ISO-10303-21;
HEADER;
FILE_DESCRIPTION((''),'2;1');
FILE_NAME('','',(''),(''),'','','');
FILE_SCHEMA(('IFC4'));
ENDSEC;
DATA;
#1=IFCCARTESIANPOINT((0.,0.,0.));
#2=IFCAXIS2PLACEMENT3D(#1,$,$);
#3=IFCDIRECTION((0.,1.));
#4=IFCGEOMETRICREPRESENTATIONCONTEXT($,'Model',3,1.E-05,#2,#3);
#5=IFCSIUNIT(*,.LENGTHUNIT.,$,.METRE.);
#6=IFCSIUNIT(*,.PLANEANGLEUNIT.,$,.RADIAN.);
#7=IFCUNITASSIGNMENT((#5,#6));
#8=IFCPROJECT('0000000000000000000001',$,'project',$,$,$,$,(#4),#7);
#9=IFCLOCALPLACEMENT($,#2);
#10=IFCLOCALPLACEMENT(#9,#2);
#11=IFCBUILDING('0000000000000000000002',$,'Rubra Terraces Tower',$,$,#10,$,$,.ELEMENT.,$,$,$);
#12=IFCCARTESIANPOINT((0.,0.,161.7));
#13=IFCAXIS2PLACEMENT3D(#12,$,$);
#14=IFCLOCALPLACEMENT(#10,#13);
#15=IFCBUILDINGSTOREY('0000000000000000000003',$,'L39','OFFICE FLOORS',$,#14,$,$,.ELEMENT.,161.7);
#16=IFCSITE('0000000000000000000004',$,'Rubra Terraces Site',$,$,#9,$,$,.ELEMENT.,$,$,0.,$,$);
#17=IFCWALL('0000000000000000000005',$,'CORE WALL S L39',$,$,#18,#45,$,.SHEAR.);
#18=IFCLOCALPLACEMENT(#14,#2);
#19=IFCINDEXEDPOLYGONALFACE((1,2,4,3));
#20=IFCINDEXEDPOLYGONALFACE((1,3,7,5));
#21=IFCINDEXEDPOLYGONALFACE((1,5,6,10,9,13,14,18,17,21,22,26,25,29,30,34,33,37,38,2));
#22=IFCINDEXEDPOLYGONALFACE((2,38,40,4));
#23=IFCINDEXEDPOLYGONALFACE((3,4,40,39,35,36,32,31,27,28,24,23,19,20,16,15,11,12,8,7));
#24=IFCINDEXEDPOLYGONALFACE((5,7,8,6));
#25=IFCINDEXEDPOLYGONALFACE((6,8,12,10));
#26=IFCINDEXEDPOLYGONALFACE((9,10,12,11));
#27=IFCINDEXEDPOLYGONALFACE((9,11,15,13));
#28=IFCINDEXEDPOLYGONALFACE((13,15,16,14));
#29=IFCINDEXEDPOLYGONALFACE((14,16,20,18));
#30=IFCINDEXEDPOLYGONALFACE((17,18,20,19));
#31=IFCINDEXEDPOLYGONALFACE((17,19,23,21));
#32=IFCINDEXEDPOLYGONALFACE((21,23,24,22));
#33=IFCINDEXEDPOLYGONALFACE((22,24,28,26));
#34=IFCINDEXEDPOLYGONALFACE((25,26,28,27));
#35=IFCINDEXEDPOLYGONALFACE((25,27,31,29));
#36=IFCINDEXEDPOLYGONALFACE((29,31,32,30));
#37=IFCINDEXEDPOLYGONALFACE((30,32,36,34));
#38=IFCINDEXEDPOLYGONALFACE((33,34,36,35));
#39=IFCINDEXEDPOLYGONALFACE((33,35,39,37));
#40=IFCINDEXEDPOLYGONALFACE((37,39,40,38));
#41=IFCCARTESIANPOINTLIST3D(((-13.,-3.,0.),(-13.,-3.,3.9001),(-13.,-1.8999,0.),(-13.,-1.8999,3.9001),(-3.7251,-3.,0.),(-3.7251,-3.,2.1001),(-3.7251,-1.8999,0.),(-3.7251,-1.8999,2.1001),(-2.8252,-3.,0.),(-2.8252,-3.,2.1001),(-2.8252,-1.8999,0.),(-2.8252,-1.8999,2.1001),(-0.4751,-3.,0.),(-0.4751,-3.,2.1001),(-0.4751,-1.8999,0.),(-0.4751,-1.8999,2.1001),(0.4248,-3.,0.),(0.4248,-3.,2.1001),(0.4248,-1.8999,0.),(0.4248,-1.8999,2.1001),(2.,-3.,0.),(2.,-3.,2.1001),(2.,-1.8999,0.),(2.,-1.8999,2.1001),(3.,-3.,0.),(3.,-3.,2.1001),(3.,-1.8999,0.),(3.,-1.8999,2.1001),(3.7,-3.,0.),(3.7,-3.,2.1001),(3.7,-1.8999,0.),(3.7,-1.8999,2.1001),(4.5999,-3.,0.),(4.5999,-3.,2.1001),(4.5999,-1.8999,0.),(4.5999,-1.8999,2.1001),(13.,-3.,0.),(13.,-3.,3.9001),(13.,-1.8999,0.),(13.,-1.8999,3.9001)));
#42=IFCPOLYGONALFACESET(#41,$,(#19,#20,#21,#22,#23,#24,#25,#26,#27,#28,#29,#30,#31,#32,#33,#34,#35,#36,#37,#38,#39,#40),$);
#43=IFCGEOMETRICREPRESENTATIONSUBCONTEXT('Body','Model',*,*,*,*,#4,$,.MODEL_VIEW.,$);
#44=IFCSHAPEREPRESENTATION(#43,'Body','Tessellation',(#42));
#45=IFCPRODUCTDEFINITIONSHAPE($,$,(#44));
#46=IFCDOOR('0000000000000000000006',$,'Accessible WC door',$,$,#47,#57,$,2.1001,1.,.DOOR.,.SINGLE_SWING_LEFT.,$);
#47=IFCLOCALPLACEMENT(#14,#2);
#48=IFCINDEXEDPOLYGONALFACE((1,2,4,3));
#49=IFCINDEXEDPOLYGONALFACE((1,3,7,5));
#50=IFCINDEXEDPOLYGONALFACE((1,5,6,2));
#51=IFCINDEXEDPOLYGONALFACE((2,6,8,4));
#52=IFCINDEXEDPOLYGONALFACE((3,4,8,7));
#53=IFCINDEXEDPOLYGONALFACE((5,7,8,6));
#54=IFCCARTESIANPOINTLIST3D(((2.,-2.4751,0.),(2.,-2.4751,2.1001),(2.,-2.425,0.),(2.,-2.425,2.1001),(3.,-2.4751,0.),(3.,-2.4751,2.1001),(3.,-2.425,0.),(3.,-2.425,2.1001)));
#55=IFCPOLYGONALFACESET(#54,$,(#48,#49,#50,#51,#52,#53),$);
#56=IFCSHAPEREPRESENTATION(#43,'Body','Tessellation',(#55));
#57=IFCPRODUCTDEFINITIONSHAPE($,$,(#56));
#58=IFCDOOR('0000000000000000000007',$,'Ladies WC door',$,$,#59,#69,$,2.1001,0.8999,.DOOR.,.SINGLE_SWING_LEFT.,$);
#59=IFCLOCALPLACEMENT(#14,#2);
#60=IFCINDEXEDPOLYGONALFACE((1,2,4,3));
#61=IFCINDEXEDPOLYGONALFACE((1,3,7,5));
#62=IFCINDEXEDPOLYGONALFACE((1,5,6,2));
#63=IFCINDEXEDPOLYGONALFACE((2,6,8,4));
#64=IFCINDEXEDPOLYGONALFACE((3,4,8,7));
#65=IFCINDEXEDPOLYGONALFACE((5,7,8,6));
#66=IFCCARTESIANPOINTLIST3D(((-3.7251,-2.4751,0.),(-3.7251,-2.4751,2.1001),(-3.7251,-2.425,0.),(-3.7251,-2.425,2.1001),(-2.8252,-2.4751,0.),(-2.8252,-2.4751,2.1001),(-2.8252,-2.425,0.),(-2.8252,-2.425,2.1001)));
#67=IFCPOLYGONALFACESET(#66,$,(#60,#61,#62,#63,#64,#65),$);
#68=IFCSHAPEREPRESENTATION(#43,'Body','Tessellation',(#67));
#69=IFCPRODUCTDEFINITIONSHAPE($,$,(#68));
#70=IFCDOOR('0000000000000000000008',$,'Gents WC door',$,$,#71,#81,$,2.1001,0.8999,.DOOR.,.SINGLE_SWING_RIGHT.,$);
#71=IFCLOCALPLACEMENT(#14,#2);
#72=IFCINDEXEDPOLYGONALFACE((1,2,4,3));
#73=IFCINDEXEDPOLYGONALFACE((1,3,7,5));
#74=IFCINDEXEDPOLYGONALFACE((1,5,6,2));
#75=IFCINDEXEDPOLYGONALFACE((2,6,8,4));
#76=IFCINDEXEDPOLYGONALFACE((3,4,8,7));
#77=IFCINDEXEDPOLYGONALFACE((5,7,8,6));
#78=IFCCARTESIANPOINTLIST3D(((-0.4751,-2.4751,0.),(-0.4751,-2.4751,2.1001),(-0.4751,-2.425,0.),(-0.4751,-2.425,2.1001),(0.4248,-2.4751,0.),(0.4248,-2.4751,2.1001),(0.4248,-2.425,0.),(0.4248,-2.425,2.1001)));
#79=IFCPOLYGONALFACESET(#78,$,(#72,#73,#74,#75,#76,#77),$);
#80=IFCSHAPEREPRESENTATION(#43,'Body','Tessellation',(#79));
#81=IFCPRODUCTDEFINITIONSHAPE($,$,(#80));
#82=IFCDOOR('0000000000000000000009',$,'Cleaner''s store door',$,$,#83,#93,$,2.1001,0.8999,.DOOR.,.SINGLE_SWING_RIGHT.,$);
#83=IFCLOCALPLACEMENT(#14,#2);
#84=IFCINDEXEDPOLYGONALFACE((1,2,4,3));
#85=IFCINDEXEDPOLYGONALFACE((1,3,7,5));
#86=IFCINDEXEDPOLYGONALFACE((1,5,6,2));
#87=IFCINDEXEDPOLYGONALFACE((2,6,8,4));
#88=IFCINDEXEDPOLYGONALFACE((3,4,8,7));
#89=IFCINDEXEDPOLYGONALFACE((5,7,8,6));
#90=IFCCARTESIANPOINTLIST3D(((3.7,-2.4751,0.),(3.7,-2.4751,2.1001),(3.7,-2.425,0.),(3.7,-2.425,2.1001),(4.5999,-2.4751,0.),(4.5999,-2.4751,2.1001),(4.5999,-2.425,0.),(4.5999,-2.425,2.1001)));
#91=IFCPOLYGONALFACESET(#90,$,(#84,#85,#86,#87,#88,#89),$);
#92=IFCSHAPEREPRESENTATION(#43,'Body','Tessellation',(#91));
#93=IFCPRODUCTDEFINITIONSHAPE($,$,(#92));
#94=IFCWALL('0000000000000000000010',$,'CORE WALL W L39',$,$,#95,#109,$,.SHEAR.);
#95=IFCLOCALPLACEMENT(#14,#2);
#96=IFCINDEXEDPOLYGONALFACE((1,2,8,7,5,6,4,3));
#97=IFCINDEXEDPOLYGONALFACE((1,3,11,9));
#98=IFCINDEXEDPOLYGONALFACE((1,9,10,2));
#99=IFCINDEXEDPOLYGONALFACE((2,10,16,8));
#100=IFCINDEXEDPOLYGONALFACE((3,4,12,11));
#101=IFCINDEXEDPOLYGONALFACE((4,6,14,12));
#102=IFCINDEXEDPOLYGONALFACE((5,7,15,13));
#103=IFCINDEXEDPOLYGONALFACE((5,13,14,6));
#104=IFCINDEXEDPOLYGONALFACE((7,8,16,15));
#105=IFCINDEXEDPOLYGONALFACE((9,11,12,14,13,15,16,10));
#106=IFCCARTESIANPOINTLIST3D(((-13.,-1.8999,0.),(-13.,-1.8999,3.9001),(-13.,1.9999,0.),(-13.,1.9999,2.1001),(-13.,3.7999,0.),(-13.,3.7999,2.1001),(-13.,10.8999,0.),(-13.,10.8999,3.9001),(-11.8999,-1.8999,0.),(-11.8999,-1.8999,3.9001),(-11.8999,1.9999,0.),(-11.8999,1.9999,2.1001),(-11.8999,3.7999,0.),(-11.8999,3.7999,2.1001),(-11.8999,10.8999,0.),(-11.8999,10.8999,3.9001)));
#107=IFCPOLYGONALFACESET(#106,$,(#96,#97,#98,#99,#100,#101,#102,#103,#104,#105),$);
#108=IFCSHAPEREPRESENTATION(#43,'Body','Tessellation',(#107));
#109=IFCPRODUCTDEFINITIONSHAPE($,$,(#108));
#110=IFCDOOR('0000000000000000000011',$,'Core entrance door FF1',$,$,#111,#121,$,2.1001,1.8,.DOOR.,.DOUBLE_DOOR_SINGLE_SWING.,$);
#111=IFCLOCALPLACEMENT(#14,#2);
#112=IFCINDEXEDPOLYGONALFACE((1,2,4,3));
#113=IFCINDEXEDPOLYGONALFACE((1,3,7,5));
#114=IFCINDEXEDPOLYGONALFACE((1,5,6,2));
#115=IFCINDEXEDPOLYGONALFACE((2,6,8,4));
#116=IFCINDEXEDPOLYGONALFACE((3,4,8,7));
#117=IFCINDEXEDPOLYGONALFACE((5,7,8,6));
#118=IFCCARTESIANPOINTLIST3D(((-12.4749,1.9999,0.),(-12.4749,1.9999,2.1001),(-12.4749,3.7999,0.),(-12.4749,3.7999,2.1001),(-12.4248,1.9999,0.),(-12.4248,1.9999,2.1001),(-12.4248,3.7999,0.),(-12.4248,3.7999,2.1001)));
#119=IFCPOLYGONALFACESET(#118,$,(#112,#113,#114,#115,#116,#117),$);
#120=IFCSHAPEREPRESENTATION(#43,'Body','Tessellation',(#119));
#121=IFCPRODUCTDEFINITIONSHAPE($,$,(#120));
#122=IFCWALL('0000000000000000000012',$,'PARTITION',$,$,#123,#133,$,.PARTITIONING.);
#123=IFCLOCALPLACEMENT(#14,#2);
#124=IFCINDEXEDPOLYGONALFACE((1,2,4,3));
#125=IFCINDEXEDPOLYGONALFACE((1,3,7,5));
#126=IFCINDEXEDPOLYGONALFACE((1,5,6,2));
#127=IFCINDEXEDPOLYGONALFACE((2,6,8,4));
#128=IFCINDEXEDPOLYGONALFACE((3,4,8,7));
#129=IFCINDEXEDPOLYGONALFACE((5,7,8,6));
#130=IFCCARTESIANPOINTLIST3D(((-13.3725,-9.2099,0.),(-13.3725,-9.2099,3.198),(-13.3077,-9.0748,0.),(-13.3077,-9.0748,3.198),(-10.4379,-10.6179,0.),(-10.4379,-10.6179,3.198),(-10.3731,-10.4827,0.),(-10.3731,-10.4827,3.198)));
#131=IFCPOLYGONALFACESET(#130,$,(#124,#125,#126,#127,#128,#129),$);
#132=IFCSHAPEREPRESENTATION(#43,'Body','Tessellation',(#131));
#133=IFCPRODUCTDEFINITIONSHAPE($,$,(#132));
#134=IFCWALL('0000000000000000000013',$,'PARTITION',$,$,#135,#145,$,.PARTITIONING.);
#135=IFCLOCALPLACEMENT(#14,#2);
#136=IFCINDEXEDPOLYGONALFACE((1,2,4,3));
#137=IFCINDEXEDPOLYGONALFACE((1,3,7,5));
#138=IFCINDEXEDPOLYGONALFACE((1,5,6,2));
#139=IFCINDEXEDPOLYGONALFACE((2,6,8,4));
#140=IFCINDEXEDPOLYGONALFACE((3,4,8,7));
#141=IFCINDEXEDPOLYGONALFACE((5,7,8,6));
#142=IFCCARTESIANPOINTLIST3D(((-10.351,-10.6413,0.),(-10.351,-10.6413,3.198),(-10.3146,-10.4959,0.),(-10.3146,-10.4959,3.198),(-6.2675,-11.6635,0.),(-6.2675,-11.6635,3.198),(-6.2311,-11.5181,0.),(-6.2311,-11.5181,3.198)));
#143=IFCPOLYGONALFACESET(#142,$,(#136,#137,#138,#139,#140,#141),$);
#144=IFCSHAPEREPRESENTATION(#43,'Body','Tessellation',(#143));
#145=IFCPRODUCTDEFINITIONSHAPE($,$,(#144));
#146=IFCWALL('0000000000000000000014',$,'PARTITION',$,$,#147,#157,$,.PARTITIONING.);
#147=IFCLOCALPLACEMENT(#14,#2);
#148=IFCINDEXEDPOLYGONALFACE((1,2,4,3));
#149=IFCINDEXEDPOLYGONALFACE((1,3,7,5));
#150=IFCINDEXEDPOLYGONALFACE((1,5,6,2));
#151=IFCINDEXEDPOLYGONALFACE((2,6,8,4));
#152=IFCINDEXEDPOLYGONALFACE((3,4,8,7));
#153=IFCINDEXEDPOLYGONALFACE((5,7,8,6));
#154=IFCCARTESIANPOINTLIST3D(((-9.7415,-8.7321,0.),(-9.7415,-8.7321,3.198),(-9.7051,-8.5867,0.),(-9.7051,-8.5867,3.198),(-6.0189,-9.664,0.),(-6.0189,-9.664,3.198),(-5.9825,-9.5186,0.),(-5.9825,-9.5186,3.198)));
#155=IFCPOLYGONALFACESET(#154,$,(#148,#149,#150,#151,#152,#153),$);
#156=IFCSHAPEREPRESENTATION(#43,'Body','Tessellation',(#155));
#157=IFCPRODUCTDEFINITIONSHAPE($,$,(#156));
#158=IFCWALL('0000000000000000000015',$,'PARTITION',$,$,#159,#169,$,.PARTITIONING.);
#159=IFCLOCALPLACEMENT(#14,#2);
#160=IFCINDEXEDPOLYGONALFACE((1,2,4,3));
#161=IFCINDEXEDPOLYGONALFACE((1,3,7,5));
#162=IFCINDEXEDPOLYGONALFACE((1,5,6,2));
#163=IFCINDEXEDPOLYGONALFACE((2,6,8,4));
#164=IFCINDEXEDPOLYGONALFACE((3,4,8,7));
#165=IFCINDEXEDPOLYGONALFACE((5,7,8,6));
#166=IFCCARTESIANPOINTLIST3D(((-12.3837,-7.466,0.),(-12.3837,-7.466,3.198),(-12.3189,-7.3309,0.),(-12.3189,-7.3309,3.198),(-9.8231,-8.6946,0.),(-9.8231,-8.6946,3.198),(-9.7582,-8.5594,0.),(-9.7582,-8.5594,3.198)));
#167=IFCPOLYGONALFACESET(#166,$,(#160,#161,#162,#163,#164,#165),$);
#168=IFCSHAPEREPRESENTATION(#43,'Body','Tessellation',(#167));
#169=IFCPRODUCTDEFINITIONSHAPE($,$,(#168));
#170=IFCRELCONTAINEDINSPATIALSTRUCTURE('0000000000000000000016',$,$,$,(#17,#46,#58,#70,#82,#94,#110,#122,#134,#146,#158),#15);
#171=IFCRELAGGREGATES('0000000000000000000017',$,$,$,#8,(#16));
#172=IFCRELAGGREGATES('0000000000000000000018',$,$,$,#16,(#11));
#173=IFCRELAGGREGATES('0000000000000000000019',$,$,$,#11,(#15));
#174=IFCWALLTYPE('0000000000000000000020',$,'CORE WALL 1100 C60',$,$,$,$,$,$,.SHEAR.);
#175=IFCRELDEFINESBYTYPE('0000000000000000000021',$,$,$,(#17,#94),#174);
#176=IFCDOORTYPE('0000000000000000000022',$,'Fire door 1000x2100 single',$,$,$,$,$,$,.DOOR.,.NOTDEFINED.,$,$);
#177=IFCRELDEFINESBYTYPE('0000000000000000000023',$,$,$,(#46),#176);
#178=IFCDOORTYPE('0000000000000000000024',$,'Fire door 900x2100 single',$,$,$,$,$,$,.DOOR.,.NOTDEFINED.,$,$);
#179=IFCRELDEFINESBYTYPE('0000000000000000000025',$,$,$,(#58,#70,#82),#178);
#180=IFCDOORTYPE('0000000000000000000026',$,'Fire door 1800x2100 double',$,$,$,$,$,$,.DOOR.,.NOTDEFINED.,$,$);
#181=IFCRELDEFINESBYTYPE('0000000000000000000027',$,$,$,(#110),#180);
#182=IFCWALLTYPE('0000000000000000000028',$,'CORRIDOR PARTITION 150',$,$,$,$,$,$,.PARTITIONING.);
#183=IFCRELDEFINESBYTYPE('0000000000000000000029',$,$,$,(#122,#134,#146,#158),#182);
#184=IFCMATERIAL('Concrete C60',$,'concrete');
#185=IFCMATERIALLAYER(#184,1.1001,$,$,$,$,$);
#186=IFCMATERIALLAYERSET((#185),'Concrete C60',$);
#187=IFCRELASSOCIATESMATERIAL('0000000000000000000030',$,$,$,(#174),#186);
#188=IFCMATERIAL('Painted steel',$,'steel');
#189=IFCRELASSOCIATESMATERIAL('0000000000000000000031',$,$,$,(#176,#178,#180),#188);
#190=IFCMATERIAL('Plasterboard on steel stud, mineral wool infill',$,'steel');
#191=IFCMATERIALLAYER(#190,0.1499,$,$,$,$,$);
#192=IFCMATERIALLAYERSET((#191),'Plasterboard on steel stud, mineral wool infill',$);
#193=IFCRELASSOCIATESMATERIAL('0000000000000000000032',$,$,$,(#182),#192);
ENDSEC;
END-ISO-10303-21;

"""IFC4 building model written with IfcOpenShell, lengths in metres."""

from ifc_helpers import new_model, si_unit, direction, frame, frame_2d, origin, place, context, subcontext, project, spatial, rectangle, extrude, material, layer, layer_set, type_object, element, fill, save


model = new_model("IFC4")

# Units and contexts
model_context = context("Model", 3, precision=1e-05, world=origin(), true_north=direction((0.0, 1.0)))
body_context = subcontext(model_context, "Body", "Model", "MODEL_VIEW")
ifc_project = project(units=[si_unit("LENGTHUNIT", "METRE"), si_unit("PLANEANGLEUNIT", "RADIAN")], contexts=[model_context])

# Site, building, storey
site_placement = place(None, origin())
site = spatial("IfcSite", under=ifc_project, at=site_placement, Name="Rubra Terraces Site", CompositionType="ELEMENT", RefElevation=0.0)
building_placement = place(site_placement, origin())
building = spatial("IfcBuilding", under=site, at=building_placement, Name="Rubra Terraces Tower", CompositionType="ELEMENT")
storey_placement = place(building_placement, frame((0.0, 0.0, 161.7)))
storey = spatial("IfcBuildingStorey", under=building, at=storey_placement, Name="L39", Description="OFFICE FLOORS", CompositionType="ELEMENT", Elevation=161.7)

# Wall, openings, doors
ifc_material_1 = material(Name="Concrete C60", Category="concrete")
ifc_layer_1 = layer(ifc_material_1, 1.1001)
ifc_layer_set_1 = layer_set([ifc_layer_1], Name="Concrete C60")
wall_type_1 = type_object("IfcWallType", Name="CORE WALL 1100 C60", PredefinedType="SHEAR", material=ifc_layer_set_1)
wall_1_placement = place(storey_placement, frame((-13.0, -2.45, 0.0), z_axis=(0.0, 0.0, 1.0), x_axis=(1.0, 0.0, 0.0)))
wall_1 = element("IfcWall", 1, at=wall_1_placement, inside=storey, type_object=wall_type_1, Name="CORE WALL S L39", PredefinedType="SHEAR", context=body_context, shape_type="SweptSolid", body=[
    extrude(rectangle(XDim=26.0, YDim=1.1001, at=frame_2d((13.0, 0.0))), origin(), (0.0, 0.0, 1.0), 3.9001),
])
opening_1_placement = place(wall_1_placement, frame((9.2749, 0.0, 0.0)))
opening_1 = element("IfcOpeningElement", 2, at=opening_1_placement, cuts=wall_1, PredefinedType="OPENING", context=body_context, shape_type="SweptSolid", body=[
    extrude(rectangle(XDim=0.8999, YDim=2.1001, at=frame_2d((0.45, 1.05))), frame((0.0, 0.5601, 0.0), z_axis=(0.0, -1.0, 0.0), x_axis=(1.0, 0.0, 0.0)), (0.0, 0.0, 1.0), 1.1201),
])
opening_2_placement = place(wall_1_placement, frame((12.5249, 0.0, 0.0)))
opening_2 = element("IfcOpeningElement", 3, at=opening_2_placement, cuts=wall_1, PredefinedType="OPENING", context=body_context, shape_type="SweptSolid", body=[
    extrude(rectangle(XDim=0.8999, YDim=2.1001, at=frame_2d((0.45, 1.05))), frame((0.0, 0.5601, 0.0), z_axis=(0.0, -1.0, 0.0), x_axis=(1.0, 0.0, 0.0)), (0.0, 0.0, 1.0), 1.1201),
])
opening_3_placement = place(wall_1_placement, frame((15.0, 0.0, 0.0)))
opening_3 = element("IfcOpeningElement", 4, at=opening_3_placement, cuts=wall_1, PredefinedType="OPENING", context=body_context, shape_type="SweptSolid", body=[
    extrude(rectangle(XDim=1.0, YDim=2.1001, at=frame_2d((0.5, 1.05))), frame((0.0, 0.5601, 0.0), z_axis=(0.0, -1.0, 0.0), x_axis=(1.0, 0.0, 0.0)), (0.0, 0.0, 1.0), 1.1201),
])
opening_4_placement = place(wall_1_placement, frame((16.7, 0.0, 0.0)))
opening_4 = element("IfcOpeningElement", 5, at=opening_4_placement, cuts=wall_1, PredefinedType="OPENING", context=body_context, shape_type="SweptSolid", body=[
    extrude(rectangle(XDim=0.8999, YDim=2.1001, at=frame_2d((0.45, 1.05))), frame((0.0, 0.5601, 0.0), z_axis=(0.0, -1.0, 0.0), x_axis=(1.0, 0.0, 0.0)), (0.0, 0.0, 1.0), 1.1201),
])
ifc_material_2 = material(Name="Painted steel", Category="steel")
door_type_1 = type_object("IfcDoorType", Name="Fire door 1000x2100 single", OperationType="NOTDEFINED", PredefinedType="DOOR", material=ifc_material_2)
door_1_placement = place(opening_3_placement, origin())
door_1 = element("IfcDoor", 6, at=door_1_placement, inside=storey, type_object=door_type_1, Name="Accessible WC door", OperationType="SINGLE_SWING_LEFT", OverallHeight=2.1001, OverallWidth=1.0, PredefinedType="DOOR", context=body_context, shape_type="SweptSolid", body=[
    extrude(rectangle(XDim=1.0, YDim=2.1001, at=frame_2d((0.5, 1.05))), frame((0.0, 0.0249, 0.0), z_axis=(0.0, -1.0, 0.0), x_axis=(1.0, 0.0, 0.0)), (0.0, 0.0, 1.0), 0.05),
])
fill(opening_3, door_1)
door_type_2 = type_object("IfcDoorType", Name="Fire door 900x2100 single", OperationType="NOTDEFINED", PredefinedType="DOOR", material=ifc_material_2)
door_2_placement = place(opening_1_placement, origin())
door_2 = element("IfcDoor", 7, at=door_2_placement, inside=storey, type_object=door_type_2, Name="Ladies WC door", OperationType="SINGLE_SWING_LEFT", OverallHeight=2.1001, OverallWidth=0.8999, PredefinedType="DOOR", context=body_context, shape_type="SweptSolid", body=[
    extrude(rectangle(XDim=0.8999, YDim=2.1001, at=frame_2d((0.45, 1.05))), frame((0.0, 0.0249, 0.0), z_axis=(0.0, -1.0, 0.0), x_axis=(1.0, 0.0, 0.0)), (0.0, 0.0, 1.0), 0.05),
])
fill(opening_1, door_2)
door_3_placement = place(opening_2_placement, origin())
door_3 = element("IfcDoor", 8, at=door_3_placement, inside=storey, type_object=door_type_2, Name="Gents WC door", OperationType="SINGLE_SWING_RIGHT", OverallHeight=2.1001, OverallWidth=0.8999, PredefinedType="DOOR", context=body_context, shape_type="SweptSolid", body=[
    extrude(rectangle(XDim=0.8999, YDim=2.1001, at=frame_2d((0.45, 1.05))), frame((0.0, 0.0249, 0.0), z_axis=(0.0, -1.0, 0.0), x_axis=(1.0, 0.0, 0.0)), (0.0, 0.0, 1.0), 0.05),
])
fill(opening_2, door_3)
door_4_placement = place(opening_4_placement, origin())
door_4 = element("IfcDoor", 9, at=door_4_placement, inside=storey, type_object=door_type_2, Name="Cleaner's store door", OperationType="SINGLE_SWING_RIGHT", OverallHeight=2.1001, OverallWidth=0.8999, PredefinedType="DOOR", context=body_context, shape_type="SweptSolid", body=[
    extrude(rectangle(XDim=0.8999, YDim=2.1001, at=frame_2d((0.45, 1.05))), frame((0.0, 0.0249, 0.0), z_axis=(0.0, -1.0, 0.0), x_axis=(1.0, 0.0, 0.0)), (0.0, 0.0, 1.0), 0.05),
])
fill(opening_4, door_4)

# Wall, opening, door
wall_2_placement = place(storey_placement, frame((-12.45, -1.8999, 0.0), z_axis=(0.0, 0.0, 1.0), x_axis=(0.0, 1.0, 0.0)))
wall_2 = element("IfcWall", 10, at=wall_2_placement, inside=storey, type_object=wall_type_1, Name="CORE WALL W L39", PredefinedType="SHEAR", context=body_context, shape_type="SweptSolid", body=[
    extrude(rectangle(XDim=12.7998, YDim=1.1001, at=frame_2d((6.3999, 0.0))), origin(), (0.0, 0.0, 1.0), 3.9001),
])
opening_5_placement = place(wall_2_placement, frame((3.8999, 0.0, 0.0)))
opening_5 = element("IfcOpeningElement", 11, at=opening_5_placement, cuts=wall_2, PredefinedType="OPENING", context=body_context, shape_type="SweptSolid", body=[
    extrude(rectangle(XDim=1.8, YDim=2.1001, at=frame_2d((0.8999, 1.05))), frame((0.0, 0.5601, 0.0), z_axis=(0.0, -1.0, 0.0), x_axis=(1.0, 0.0, 0.0)), (0.0, 0.0, 1.0), 1.1201),
])
door_type_3 = type_object("IfcDoorType", Name="Fire door 1800x2100 double", OperationType="NOTDEFINED", PredefinedType="DOOR", material=ifc_material_2)
door_5_placement = place(opening_5_placement, origin())
door_5 = element("IfcDoor", 12, at=door_5_placement, inside=storey, type_object=door_type_3, Name="Core entrance door FF1", OperationType="DOUBLE_DOOR_SINGLE_SWING", OverallHeight=2.1001, OverallWidth=1.8, PredefinedType="DOOR", context=body_context, shape_type="SweptSolid", body=[
    extrude(rectangle(XDim=1.8, YDim=2.1001, at=frame_2d((0.8999, 1.05))), frame((0.0, 0.0249, 0.0), z_axis=(0.0, -1.0, 0.0), x_axis=(1.0, 0.0, 0.0)), (0.0, 0.0, 1.0), 0.05),
])
fill(opening_5, door_5)

# Walls
ifc_material_3 = material(Name="Plasterboard on steel stud, mineral wool infill", Category="steel")
ifc_layer_2 = layer(ifc_material_3, 0.1499)
ifc_layer_set_2 = layer_set([ifc_layer_2], Name="Plasterboard on steel stud, mineral wool infill")
wall_type_2 = type_object("IfcWallType", Name="CORRIDOR PARTITION 150", PredefinedType="PARTITIONING", material=ifc_layer_set_2)
wall_3_placement = place(storey_placement, frame((-13.3401, -9.1423, 0.0), z_axis=(0.0, 0.0, 1.0), x_axis=(0.901599, -0.432573, 0.0)))
element("IfcWall", 13, at=wall_3_placement, inside=storey, type_object=wall_type_2, Name="PARTITION", PredefinedType="PARTITIONING", context=body_context, shape_type="SweptSolid", body=[
    extrude(rectangle(XDim=3.2549, YDim=0.1499, at=frame_2d((1.6274, 0.0))), origin(), (0.0, 0.0, 1.0), 3.198),
])
wall_4_placement = place(storey_placement, frame((-10.3328, -10.5686, 0.0), z_axis=(0.0, 0.0, 1.0), x_axis=(0.970067, -0.242836, 0.0)))
element("IfcWall", 14, at=wall_4_placement, inside=storey, type_object=wall_type_2, Name="PARTITION", PredefinedType="PARTITIONING", context=body_context, shape_type="SweptSolid", body=[
    extrude(rectangle(XDim=4.2095, YDim=0.1499, at=frame_2d((2.1047, 0.0))), origin(), (0.0, 0.0, 1.0), 3.198),
])
wall_5_placement = place(storey_placement, frame((-6.0007, -9.5913, 0.0), z_axis=(0.0, 0.0, 1.0), x_axis=(-0.970064, 0.24285, 0.0)))
element("IfcWall", 15, at=wall_5_placement, inside=storey, type_object=wall_type_2, Name="PARTITION", PredefinedType="PARTITIONING", context=body_context, shape_type="SweptSolid", body=[
    extrude(rectangle(XDim=3.8374, YDim=0.1499, at=frame_2d((1.9187, 0.0))), origin(), (0.0, 0.0, 1.0), 3.198),
])
wall_6_placement = place(storey_placement, frame((-9.7908, -8.627, 0.0), z_axis=(0.0, 0.0, 1.0), x_axis=(-0.901598, 0.432575, 0.0)))
element("IfcWall", 16, at=wall_6_placement, inside=storey, type_object=wall_type_2, Name="PARTITION", PredefinedType="PARTITIONING", context=body_context, shape_type="SweptSolid", body=[
    extrude(rectangle(XDim=2.8401, YDim=0.1499, at=frame_2d((1.4199, 0.0))), origin(), (0.0, 0.0, 1.0), 3.198),
])

save(model, "model.ifc")
